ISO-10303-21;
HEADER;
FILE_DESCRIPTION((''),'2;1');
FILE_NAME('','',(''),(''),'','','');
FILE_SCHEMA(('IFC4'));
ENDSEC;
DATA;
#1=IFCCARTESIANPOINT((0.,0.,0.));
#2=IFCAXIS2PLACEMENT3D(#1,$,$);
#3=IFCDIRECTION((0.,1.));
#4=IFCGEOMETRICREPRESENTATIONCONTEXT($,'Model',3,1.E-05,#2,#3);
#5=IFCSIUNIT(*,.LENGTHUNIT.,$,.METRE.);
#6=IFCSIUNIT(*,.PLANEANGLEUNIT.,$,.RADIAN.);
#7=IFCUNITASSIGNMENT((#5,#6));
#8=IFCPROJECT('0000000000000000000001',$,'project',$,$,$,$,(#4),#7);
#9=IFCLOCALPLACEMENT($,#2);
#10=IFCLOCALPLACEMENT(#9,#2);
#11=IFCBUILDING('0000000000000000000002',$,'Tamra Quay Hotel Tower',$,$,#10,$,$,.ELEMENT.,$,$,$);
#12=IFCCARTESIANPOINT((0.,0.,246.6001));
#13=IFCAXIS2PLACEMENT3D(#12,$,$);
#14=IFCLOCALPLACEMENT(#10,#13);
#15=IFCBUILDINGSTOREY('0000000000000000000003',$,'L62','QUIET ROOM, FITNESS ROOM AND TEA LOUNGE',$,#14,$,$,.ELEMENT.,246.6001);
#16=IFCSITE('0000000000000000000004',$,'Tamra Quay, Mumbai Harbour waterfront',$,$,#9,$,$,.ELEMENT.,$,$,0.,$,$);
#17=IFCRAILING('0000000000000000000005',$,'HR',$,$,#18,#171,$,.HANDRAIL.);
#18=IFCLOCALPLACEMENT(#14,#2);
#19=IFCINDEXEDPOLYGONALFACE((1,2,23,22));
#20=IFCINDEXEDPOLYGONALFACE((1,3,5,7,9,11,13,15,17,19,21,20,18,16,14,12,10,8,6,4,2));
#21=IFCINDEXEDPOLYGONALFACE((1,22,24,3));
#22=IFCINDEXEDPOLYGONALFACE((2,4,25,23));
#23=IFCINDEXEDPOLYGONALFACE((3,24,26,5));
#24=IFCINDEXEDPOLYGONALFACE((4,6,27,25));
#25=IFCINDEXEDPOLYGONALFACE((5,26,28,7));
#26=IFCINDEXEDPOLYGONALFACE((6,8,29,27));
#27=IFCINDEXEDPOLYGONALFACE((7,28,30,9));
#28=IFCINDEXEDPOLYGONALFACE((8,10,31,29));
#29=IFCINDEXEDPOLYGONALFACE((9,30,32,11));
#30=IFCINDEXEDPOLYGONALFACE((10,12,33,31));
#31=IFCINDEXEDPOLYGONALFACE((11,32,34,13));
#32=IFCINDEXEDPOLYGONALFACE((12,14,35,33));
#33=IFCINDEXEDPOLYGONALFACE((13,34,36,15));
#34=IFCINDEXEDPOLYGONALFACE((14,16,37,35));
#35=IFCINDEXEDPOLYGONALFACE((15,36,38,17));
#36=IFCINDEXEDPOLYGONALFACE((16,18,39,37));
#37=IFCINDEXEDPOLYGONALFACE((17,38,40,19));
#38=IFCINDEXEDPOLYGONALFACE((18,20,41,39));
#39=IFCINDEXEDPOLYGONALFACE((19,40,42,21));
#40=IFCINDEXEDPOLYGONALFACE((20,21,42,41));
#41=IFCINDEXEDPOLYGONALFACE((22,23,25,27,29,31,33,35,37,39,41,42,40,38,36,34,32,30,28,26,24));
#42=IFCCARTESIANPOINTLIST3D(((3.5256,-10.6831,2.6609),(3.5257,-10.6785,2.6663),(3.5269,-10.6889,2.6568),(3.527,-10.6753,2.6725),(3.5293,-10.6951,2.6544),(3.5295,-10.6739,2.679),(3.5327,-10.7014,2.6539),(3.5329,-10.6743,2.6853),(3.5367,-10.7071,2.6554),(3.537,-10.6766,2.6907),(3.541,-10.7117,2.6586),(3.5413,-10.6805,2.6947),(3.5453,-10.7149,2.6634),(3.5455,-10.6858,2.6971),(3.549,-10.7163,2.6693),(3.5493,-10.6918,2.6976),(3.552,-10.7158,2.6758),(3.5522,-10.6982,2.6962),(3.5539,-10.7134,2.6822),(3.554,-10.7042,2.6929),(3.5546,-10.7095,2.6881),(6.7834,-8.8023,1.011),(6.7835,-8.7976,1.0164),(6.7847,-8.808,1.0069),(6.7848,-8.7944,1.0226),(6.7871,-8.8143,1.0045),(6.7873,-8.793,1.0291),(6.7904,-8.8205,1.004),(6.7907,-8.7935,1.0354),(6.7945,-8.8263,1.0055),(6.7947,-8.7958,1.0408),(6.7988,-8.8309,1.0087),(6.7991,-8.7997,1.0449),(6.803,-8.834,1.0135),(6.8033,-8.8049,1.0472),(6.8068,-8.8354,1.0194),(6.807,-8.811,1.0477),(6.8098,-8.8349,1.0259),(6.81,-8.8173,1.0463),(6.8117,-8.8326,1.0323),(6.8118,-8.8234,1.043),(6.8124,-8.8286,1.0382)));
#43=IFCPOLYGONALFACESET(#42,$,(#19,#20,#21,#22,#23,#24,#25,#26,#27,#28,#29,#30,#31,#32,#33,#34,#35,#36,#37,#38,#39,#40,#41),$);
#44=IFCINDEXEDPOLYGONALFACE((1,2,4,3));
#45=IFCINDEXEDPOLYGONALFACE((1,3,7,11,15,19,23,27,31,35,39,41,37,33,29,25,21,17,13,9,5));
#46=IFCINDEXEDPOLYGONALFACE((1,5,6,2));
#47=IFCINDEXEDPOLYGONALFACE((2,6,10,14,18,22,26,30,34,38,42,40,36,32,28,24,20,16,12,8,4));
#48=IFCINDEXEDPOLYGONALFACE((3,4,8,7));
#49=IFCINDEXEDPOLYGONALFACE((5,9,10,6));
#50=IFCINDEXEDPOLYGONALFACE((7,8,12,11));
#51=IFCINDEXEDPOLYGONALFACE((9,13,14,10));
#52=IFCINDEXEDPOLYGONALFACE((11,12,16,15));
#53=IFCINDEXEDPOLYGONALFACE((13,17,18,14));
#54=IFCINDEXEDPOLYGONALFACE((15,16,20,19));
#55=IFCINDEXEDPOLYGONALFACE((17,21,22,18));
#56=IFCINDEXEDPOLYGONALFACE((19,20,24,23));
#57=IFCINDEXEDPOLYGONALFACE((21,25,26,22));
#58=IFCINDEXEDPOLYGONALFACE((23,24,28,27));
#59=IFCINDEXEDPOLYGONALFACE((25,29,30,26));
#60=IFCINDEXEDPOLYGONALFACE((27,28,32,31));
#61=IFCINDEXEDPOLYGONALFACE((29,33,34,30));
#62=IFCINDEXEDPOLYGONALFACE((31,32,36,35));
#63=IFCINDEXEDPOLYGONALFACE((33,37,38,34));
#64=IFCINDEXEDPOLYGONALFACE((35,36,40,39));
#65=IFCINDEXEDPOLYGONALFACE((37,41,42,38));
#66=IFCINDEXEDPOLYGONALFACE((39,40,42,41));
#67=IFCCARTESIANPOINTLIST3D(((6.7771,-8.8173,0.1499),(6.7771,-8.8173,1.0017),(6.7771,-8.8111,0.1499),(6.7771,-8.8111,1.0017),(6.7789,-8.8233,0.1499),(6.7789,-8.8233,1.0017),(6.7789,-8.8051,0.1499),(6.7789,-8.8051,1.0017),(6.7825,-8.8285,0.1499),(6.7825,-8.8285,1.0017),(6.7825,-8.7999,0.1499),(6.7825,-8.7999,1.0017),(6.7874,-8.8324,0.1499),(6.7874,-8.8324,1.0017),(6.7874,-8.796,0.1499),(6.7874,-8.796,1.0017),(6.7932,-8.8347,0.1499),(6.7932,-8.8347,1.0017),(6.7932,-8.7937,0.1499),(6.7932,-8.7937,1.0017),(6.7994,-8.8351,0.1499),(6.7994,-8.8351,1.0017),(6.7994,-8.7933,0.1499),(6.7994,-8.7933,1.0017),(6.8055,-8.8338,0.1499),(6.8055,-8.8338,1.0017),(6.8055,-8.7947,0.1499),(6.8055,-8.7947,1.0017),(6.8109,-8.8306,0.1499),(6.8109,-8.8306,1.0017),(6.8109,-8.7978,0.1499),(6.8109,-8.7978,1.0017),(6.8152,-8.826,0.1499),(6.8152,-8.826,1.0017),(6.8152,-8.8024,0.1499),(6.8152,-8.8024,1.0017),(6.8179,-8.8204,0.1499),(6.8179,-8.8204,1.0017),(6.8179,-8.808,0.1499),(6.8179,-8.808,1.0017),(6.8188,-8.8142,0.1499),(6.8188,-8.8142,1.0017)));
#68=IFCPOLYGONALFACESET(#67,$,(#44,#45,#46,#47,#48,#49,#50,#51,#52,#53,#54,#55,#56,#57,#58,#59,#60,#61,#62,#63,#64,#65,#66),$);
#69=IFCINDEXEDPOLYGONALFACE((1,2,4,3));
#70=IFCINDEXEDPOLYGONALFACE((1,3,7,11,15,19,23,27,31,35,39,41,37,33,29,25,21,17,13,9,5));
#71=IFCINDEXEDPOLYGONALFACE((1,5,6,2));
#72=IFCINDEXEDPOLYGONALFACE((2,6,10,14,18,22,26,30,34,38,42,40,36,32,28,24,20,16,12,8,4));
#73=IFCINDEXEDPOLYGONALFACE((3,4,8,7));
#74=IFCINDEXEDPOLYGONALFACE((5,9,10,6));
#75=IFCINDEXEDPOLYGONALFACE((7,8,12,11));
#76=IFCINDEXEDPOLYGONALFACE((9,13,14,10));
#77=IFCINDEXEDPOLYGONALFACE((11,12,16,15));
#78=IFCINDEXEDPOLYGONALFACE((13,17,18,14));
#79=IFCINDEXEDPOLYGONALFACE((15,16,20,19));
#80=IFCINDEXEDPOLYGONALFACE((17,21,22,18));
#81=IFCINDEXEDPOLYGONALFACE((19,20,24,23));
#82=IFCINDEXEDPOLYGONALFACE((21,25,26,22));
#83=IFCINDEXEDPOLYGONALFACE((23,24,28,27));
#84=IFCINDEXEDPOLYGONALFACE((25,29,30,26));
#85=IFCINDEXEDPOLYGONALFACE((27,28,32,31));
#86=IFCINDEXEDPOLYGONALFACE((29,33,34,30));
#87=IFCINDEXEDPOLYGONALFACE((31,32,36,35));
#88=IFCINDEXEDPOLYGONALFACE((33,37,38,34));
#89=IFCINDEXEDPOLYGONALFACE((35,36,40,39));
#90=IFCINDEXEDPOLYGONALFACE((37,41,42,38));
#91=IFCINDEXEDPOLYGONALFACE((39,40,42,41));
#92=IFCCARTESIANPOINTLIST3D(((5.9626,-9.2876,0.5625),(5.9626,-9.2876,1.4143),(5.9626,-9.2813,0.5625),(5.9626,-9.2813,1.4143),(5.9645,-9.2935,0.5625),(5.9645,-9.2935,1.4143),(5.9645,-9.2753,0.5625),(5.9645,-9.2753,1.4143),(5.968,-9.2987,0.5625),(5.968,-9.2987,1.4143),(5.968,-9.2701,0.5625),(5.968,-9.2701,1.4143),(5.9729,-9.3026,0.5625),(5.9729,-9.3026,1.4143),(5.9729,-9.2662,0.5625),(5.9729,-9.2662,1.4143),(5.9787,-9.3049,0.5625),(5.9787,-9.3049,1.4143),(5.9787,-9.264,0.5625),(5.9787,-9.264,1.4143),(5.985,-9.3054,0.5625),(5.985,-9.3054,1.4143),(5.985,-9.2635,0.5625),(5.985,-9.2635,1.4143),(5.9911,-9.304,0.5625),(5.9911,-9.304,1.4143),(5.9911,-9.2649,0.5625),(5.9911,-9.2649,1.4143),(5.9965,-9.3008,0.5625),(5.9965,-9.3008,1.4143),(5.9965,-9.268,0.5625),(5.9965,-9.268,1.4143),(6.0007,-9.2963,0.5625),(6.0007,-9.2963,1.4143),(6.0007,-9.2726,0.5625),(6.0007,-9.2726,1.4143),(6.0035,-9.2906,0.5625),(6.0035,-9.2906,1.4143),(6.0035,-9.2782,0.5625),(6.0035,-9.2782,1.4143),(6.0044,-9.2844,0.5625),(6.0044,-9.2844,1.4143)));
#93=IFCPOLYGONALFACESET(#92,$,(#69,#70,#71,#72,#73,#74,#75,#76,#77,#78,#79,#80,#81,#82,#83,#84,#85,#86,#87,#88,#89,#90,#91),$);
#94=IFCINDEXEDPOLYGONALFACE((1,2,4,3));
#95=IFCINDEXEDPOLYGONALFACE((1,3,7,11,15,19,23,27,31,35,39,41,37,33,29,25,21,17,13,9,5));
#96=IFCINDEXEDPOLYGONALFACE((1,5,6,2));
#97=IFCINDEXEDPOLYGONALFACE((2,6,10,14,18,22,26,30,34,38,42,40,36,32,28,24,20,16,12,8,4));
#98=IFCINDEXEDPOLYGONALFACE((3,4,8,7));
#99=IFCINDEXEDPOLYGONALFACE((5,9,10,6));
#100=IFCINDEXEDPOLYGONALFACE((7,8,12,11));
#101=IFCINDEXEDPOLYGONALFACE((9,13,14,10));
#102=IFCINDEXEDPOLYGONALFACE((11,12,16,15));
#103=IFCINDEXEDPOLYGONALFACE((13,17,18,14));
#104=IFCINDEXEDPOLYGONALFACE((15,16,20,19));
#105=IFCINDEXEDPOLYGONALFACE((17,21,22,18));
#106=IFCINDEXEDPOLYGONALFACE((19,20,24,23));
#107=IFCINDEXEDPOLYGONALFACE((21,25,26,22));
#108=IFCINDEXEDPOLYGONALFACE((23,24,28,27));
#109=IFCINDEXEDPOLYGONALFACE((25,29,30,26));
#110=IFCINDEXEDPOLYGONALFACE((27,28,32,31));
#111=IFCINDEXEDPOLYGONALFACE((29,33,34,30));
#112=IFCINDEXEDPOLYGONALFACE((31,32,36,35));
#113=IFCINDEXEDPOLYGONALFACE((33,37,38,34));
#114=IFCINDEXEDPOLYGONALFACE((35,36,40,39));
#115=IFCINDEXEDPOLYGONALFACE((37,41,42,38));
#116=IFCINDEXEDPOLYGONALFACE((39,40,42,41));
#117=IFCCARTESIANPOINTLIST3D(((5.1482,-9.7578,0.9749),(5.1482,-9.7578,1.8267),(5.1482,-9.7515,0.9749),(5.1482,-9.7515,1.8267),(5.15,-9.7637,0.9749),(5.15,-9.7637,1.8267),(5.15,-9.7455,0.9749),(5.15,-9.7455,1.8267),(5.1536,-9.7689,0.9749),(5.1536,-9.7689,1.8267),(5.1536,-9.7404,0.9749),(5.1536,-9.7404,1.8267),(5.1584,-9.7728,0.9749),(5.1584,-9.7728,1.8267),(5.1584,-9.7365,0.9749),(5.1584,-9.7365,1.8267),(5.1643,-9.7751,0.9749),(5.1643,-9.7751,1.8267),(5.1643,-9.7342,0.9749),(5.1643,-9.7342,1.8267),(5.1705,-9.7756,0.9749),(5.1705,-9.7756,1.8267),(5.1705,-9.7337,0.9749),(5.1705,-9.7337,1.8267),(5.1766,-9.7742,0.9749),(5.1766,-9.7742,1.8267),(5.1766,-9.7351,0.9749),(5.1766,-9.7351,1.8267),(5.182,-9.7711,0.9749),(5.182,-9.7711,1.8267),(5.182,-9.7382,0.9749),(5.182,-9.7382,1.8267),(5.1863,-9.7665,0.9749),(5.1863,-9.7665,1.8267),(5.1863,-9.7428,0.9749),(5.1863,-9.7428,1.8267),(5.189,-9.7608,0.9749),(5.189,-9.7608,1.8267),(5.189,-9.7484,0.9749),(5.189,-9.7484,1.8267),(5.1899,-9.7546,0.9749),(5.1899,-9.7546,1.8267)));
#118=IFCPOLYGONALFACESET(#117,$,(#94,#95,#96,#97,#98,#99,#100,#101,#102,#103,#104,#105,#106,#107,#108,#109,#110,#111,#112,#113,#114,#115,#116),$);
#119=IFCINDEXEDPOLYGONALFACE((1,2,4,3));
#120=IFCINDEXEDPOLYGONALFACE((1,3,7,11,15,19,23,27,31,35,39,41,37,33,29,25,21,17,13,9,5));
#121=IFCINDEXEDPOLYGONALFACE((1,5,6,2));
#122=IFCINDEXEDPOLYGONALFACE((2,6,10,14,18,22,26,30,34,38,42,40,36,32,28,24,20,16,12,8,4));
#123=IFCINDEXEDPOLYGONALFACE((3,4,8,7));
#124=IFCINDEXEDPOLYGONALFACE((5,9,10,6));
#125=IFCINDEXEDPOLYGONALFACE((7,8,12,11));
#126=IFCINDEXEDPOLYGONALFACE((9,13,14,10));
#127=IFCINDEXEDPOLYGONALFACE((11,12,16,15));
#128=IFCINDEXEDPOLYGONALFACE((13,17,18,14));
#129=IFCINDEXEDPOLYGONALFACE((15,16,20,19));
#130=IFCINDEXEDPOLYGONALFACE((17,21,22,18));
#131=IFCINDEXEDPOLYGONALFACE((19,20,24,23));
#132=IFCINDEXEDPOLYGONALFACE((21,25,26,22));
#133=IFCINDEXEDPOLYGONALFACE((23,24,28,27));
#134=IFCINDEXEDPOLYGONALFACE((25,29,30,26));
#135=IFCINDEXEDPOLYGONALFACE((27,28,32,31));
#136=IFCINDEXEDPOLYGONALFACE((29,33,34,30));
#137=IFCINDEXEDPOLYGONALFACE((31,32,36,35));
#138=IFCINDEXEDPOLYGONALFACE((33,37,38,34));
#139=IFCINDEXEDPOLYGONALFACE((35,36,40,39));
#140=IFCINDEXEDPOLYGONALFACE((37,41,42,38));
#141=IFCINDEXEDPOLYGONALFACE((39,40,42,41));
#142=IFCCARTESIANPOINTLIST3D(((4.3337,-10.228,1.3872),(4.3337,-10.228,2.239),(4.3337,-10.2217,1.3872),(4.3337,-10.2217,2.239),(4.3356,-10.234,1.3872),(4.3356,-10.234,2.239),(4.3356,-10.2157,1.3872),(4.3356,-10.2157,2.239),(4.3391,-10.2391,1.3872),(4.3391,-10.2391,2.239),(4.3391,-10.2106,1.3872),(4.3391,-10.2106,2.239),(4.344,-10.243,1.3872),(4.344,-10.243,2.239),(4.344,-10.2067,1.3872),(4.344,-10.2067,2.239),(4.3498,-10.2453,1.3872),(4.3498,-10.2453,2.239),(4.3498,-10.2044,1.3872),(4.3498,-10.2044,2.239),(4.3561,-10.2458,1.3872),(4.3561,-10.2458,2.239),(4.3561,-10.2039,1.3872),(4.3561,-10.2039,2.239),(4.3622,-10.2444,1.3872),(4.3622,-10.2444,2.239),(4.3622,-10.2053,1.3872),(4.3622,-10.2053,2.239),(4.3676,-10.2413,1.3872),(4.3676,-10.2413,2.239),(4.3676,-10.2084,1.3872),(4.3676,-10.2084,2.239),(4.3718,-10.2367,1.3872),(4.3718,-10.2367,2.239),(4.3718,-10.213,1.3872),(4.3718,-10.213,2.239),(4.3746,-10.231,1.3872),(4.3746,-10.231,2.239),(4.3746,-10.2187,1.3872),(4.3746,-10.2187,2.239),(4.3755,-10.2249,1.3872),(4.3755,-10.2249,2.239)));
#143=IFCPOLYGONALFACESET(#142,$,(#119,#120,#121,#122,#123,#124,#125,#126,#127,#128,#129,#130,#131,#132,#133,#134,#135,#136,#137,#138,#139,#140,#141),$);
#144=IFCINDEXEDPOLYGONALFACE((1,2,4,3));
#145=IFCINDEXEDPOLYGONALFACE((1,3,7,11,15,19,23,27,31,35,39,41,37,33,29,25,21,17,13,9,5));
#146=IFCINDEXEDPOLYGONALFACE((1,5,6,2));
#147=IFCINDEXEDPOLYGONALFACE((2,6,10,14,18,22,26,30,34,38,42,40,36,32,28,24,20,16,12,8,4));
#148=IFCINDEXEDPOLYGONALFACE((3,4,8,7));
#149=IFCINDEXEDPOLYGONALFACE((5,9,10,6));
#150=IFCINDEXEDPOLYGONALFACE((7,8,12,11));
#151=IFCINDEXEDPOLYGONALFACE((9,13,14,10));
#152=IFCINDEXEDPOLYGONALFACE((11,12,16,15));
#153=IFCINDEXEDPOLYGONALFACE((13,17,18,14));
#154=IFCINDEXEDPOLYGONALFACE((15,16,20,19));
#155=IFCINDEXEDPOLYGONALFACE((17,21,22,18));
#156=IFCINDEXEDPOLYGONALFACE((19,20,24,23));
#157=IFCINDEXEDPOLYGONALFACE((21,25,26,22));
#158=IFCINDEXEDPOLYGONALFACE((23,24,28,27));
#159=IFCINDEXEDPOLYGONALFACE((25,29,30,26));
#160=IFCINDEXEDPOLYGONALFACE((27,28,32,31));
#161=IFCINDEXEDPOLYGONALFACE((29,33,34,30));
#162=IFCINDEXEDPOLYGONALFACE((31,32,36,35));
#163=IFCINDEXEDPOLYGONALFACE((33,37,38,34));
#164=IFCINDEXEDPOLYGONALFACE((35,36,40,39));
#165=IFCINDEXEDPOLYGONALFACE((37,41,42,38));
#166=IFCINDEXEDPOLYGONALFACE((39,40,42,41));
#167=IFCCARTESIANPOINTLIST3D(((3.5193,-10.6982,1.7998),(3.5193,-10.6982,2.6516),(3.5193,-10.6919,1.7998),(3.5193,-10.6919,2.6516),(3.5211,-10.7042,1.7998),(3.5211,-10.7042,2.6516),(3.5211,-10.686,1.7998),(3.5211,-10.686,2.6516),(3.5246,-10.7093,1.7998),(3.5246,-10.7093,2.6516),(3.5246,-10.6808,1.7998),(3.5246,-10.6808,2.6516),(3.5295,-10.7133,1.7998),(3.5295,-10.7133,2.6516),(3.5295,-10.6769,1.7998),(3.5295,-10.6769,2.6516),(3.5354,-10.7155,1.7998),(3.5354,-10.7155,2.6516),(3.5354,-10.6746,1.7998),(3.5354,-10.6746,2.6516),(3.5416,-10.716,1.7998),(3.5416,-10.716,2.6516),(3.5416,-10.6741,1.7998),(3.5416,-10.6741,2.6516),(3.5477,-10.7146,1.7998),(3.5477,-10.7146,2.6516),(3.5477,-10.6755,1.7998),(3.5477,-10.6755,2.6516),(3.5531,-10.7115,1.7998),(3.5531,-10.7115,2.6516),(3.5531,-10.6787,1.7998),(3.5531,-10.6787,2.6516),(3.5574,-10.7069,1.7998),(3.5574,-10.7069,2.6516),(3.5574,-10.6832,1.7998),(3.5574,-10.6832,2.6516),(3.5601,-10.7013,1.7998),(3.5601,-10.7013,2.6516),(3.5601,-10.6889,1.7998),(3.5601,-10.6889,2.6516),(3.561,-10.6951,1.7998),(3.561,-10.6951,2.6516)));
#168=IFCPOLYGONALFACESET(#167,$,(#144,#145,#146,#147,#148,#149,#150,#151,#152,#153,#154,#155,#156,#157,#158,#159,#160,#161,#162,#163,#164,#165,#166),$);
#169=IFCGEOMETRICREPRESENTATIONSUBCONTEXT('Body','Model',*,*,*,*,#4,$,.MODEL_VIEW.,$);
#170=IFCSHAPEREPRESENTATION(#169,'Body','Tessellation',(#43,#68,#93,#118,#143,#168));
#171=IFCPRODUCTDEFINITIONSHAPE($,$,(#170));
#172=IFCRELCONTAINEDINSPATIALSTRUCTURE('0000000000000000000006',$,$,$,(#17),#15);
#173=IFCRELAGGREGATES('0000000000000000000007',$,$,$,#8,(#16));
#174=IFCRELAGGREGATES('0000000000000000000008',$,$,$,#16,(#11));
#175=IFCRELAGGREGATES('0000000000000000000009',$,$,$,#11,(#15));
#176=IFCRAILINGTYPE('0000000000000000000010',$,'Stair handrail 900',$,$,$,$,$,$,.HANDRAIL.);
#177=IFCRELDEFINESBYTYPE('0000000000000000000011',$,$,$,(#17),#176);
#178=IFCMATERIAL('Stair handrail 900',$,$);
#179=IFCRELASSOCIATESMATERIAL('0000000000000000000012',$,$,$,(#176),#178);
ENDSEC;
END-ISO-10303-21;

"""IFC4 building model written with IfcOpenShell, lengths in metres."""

from ifc_helpers import new_model, si_unit, direction, frame, origin, origin_2d, place, context, subcontext, project, spatial, circle, extrude, material, type_object, element, save


model = new_model("IFC4")

# Units and contexts
model_context = context("Model", 3, precision=1e-05, world=origin(), true_north=direction((0.0, 1.0)))
body_context = subcontext(model_context, "Body", "Model", "MODEL_VIEW")
ifc_project = project(units=[si_unit("LENGTHUNIT", "METRE"), si_unit("PLANEANGLEUNIT", "RADIAN")], contexts=[model_context])

# Site, building, storey
site_placement = place(None, origin())
site = spatial("IfcSite", under=ifc_project, at=site_placement, Name="Tamra Quay, Mumbai Harbour waterfront", CompositionType="ELEMENT", RefElevation=0.0)
building_placement = place(site_placement, origin())
building = spatial("IfcBuilding", under=site, at=building_placement, Name="Tamra Quay Hotel Tower", CompositionType="ELEMENT")
storey_placement = place(building_placement, frame((0.0, 0.0, 246.6001)))
storey = spatial("IfcBuildingStorey", under=building, at=storey_placement, Name="L62", Description="QUIET ROOM, FITNESS ROOM AND TEA LOUNGE", CompositionType="ELEMENT", Elevation=246.6001)

# Railing
ifc_material_1 = material(Name="Stair handrail 900")
railing_type = type_object("IfcRailingType", Name="Stair handrail 900", PredefinedType="HANDRAIL", material=ifc_material_1)
railing_placement = place(storey_placement, frame((6.7979, -8.8142, 0.1499)))
element("IfcRailing", 1, at=railing_placement, inside=storey, type_object=railing_type, Name="HR", PredefinedType="HANDRAIL", context=body_context, shape_type="SweptSolid", body=[
    extrude(circle(Radius=0.0239, at=origin_2d()), frame((0.0, 0.0, 0.876), z_axis=(-0.7931, -0.457887, 0.401661), x_axis=(0.499992, -0.86603, 0.0)), (0.0, 0.0, 1.0), 4.1077),
    extrude(circle(Radius=0.021, at=origin_2d()), origin(), (0.0, 0.0, 1.0), 0.8518),
    extrude(circle(Radius=0.021, at=origin_2d()), frame((-0.8145, -0.4702, 0.4126)), (0.0, 0.0, 1.0), 0.8518),
    extrude(circle(Radius=0.021, at=origin_2d()), frame((-1.6289, -0.9404, 0.825)), (0.0, 0.0, 1.0), 0.8518),
    extrude(circle(Radius=0.021, at=origin_2d()), frame((-2.4434, -1.4106, 1.2373)), (0.0, 0.0, 1.0), 0.8518),
    extrude(circle(Radius=0.021, at=origin_2d()), frame((-3.2578, -1.8809, 1.6499)), (0.0, 0.0, 1.0), 0.8518),
])

save(model, "model.ifc")
